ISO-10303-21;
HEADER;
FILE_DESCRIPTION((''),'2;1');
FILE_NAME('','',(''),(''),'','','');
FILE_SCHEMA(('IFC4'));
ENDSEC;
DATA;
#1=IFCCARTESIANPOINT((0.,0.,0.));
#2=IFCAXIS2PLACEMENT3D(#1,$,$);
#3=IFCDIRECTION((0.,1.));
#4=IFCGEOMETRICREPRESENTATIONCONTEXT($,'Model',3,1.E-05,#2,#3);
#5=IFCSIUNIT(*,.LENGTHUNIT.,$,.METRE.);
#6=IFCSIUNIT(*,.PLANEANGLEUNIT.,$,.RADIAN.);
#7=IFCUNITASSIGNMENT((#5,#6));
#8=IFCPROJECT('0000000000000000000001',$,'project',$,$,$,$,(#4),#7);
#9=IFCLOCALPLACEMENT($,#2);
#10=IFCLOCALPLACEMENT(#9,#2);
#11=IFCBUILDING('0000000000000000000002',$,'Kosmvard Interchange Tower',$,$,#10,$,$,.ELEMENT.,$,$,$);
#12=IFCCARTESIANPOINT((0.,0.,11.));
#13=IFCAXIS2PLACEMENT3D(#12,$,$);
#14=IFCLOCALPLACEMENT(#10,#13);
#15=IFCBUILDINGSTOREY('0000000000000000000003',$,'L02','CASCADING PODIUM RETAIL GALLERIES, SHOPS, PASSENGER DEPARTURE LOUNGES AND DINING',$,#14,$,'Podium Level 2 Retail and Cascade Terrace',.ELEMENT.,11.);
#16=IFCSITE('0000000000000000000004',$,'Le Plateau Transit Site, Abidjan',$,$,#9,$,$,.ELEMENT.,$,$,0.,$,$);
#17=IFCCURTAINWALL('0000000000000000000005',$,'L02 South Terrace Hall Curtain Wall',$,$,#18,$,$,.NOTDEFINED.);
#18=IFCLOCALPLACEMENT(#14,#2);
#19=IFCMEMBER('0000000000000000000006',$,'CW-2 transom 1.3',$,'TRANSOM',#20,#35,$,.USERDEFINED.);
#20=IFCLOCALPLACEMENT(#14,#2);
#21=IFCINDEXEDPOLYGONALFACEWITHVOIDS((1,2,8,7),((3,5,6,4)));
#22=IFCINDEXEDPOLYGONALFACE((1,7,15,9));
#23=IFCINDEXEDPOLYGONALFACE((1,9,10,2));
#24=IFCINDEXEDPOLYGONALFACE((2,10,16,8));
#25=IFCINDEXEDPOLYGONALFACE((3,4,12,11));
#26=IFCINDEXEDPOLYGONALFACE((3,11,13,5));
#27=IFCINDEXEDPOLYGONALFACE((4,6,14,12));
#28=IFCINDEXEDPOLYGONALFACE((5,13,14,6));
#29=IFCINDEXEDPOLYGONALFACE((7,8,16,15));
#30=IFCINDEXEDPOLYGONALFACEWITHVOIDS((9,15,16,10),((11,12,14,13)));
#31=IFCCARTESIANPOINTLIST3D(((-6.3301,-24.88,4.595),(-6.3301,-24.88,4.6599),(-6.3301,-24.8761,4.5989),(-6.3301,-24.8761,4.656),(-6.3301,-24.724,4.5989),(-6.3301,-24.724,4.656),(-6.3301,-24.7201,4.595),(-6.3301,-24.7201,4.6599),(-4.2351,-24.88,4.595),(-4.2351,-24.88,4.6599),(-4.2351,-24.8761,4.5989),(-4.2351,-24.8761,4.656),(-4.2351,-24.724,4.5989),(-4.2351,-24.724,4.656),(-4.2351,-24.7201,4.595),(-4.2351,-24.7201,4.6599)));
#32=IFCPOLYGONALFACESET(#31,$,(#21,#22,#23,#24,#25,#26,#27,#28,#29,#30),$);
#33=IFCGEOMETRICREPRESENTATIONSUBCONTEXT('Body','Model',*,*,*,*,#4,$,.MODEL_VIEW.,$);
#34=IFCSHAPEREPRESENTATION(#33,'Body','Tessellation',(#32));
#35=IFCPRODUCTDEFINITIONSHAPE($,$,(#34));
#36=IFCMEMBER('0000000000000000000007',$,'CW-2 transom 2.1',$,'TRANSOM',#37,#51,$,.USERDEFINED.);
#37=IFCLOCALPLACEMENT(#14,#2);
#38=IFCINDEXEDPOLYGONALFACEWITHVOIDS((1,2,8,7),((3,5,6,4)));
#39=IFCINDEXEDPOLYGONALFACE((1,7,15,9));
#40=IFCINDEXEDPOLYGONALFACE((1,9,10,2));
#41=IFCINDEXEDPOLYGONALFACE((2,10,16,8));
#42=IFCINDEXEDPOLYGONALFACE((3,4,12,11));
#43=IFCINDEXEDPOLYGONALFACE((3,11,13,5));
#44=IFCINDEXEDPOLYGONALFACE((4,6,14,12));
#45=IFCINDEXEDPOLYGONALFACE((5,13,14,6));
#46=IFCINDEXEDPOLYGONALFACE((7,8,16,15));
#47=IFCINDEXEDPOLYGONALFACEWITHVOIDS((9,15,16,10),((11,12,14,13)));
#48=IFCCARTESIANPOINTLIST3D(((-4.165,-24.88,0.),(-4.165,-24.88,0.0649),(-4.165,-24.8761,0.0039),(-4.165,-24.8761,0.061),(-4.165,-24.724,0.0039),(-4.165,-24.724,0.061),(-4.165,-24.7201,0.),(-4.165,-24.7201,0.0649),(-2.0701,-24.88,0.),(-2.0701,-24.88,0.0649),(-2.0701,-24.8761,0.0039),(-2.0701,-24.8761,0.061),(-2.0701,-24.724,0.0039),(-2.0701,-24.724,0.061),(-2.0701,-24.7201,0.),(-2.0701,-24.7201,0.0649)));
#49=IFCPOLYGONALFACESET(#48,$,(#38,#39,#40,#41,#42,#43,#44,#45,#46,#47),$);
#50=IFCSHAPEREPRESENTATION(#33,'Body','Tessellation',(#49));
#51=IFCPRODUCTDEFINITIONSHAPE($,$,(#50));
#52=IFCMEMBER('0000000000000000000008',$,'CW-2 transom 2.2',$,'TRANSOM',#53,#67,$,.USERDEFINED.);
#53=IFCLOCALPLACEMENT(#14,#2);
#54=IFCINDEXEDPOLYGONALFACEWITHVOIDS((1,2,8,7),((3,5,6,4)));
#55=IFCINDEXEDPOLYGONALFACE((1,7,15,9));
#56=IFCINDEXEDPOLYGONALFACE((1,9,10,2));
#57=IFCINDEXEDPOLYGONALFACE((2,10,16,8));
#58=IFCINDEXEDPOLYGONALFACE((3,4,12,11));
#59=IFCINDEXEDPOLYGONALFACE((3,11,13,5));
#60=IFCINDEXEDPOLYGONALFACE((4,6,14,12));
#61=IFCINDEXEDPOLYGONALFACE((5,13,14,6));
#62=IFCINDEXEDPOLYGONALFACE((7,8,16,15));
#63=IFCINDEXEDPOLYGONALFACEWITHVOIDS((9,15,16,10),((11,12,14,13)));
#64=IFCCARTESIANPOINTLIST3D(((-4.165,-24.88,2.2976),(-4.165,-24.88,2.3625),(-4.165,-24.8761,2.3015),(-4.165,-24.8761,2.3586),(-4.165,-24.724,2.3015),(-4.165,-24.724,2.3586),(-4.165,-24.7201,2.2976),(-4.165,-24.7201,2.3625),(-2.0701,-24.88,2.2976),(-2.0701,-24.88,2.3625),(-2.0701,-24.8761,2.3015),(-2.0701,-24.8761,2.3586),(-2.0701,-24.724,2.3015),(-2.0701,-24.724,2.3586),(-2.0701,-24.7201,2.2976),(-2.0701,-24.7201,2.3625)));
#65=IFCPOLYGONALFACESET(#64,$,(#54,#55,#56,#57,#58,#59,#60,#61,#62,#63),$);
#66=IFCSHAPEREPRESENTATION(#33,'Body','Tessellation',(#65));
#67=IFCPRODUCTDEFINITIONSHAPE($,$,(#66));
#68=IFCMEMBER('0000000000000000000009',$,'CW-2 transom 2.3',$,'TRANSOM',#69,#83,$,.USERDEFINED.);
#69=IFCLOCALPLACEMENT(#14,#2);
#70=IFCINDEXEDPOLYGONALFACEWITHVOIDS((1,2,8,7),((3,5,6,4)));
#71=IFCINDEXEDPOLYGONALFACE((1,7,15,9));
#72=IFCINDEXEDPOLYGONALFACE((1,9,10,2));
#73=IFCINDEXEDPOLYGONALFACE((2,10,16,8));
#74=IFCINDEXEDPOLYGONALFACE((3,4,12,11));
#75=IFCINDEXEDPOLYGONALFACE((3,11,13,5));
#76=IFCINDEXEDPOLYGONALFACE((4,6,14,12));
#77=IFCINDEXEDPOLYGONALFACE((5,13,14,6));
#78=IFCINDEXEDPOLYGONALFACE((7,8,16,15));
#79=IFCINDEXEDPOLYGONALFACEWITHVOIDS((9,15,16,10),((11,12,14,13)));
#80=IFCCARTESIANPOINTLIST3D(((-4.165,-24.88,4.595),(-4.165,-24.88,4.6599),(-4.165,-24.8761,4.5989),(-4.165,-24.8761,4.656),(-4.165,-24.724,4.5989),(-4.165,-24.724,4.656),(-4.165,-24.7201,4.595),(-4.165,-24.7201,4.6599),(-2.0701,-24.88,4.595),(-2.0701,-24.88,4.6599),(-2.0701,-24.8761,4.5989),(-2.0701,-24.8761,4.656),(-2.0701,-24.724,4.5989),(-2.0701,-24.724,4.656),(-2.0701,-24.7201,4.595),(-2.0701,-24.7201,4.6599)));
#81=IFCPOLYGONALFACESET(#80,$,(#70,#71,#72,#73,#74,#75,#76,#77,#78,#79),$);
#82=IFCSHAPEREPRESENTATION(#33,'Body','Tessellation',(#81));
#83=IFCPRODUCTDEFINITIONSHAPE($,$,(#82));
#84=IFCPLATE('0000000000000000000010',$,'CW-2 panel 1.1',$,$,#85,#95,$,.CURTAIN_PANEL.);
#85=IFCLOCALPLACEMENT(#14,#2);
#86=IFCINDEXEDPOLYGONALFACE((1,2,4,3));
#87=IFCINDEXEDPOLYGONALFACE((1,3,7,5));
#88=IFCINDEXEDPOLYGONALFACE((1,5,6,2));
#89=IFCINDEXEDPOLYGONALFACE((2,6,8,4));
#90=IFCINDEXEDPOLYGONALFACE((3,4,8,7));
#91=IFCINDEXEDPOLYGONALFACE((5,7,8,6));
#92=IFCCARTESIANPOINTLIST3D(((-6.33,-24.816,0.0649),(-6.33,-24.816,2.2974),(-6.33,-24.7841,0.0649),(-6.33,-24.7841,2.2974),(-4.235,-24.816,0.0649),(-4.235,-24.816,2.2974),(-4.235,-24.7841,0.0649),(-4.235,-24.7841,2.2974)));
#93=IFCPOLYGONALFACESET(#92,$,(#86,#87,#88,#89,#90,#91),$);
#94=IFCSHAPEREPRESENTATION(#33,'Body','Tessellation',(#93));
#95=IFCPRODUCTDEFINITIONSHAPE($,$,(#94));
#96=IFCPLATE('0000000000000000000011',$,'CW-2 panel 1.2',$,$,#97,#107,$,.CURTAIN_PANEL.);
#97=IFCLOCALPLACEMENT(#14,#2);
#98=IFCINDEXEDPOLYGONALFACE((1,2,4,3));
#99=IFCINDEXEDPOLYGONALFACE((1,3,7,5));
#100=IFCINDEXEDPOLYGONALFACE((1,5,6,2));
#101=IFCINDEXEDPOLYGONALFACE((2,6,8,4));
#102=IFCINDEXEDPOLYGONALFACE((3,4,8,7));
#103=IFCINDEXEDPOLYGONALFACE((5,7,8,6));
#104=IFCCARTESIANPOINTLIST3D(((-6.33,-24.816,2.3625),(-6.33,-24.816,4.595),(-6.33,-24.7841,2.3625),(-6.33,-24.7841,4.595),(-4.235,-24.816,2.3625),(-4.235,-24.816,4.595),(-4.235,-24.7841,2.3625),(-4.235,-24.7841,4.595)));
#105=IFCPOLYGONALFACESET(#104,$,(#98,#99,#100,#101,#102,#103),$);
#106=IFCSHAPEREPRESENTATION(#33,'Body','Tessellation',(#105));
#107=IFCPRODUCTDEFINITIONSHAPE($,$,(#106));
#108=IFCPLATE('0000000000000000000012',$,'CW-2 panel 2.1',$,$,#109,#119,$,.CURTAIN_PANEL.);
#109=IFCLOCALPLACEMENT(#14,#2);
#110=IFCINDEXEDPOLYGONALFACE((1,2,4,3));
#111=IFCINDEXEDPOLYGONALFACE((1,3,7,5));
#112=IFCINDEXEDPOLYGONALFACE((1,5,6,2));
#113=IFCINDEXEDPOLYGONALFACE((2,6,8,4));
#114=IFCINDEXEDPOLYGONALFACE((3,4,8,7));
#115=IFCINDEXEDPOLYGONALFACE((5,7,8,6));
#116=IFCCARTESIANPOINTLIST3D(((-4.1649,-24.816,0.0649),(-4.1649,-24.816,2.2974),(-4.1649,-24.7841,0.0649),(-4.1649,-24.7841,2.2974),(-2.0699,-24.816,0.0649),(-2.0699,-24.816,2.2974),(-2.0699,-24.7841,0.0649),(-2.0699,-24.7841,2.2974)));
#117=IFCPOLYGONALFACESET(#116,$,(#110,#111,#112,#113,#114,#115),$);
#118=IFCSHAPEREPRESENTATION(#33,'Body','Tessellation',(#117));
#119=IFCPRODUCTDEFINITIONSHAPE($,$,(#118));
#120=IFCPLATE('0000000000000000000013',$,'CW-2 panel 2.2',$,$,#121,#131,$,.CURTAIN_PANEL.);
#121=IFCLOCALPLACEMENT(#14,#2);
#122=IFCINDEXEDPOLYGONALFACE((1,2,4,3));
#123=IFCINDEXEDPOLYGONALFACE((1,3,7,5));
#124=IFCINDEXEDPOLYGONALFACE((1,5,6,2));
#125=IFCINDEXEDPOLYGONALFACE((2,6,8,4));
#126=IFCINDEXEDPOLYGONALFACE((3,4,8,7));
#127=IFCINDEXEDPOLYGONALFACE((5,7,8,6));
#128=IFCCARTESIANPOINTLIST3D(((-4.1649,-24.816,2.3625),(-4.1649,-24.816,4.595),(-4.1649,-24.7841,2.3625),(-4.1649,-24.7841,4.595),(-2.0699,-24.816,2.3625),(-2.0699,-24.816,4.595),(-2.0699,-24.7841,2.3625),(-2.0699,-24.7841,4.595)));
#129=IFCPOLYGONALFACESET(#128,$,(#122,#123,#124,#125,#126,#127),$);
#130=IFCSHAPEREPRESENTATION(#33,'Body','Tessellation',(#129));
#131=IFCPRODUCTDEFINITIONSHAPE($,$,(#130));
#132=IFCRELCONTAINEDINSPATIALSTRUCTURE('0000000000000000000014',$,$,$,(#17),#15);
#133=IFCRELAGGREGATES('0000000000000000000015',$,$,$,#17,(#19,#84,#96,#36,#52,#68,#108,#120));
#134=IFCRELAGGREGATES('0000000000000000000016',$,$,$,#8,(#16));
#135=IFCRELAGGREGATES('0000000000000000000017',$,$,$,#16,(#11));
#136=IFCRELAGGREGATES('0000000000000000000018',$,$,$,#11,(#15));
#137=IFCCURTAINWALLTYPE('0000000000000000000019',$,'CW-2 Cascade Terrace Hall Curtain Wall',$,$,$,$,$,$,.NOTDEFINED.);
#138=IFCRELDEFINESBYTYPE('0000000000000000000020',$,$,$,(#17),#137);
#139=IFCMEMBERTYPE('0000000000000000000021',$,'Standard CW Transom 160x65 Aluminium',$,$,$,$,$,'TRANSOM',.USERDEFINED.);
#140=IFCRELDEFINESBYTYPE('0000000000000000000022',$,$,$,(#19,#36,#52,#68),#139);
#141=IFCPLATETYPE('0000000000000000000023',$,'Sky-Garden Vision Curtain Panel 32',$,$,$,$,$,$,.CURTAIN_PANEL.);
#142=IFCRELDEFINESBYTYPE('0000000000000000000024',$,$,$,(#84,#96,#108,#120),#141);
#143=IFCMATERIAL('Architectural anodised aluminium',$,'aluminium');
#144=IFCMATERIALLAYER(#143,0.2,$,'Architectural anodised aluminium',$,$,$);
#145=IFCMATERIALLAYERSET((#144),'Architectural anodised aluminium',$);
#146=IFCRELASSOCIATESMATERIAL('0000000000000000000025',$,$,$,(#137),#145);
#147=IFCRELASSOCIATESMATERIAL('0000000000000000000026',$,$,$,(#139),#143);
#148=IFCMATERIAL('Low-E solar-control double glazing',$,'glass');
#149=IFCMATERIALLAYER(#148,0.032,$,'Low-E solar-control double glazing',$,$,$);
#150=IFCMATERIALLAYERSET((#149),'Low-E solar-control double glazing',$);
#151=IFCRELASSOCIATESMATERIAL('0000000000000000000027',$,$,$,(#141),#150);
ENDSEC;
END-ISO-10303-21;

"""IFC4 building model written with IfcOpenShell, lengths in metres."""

from ifc_helpers import new_model, si_unit, direction, frame, origin, origin_2d, place, context, subcontext, project, spatial, rectangle, hollow_rectangle, extrude, source, transform, mapped, material, layer, layer_set, material_profile, profile_set, type_object, element, aggregate, save


model = new_model("IFC4")

# Units and contexts
model_context = context("Model", 3, precision=1e-05, world=origin(), true_north=direction((0.0, 1.0)))
body_context = subcontext(model_context, "Body", "Model", "MODEL_VIEW")
ifc_project = project(units=[si_unit("LENGTHUNIT", "METRE"), si_unit("PLANEANGLEUNIT", "RADIAN")], contexts=[model_context])

# Site, building, storey
site_placement = place(None, origin())
site = spatial("IfcSite", under=ifc_project, at=site_placement, Name="Le Plateau Transit Site, Abidjan", CompositionType="ELEMENT", RefElevation=0.0)
building_placement = place(site_placement, origin())
building = spatial("IfcBuilding", under=site, at=building_placement, Name="Kosmvard Interchange Tower", CompositionType="ELEMENT")
storey_placement = place(building_placement, frame((0.0, 0.0, 11.0)))
storey = spatial("IfcBuildingStorey", under=building, at=storey_placement, Name="L02", Description="CASCADING PODIUM RETAIL GALLERIES, SHOPS, PASSENGER DEPARTURE LOUNGES AND DINING", LongName="Podium Level 2 Retail and Cascade Terrace", CompositionType="ELEMENT", Elevation=11.0)

# Curtain wall, members, plates
ifc_material_1 = material(Name="Architectural anodised aluminium", Category="aluminium")
ifc_layer_1 = layer(ifc_material_1, 0.2, Name="Architectural anodised aluminium")
ifc_layer_set_1 = layer_set([ifc_layer_1], Name="Architectural anodised aluminium")
curtain_wall_type = type_object("IfcCurtainWallType", Name="CW-2 Cascade Terrace Hall Curtain Wall", PredefinedType="NOTDEFINED", material=ifc_layer_set_1)
curtain_wall_placement = place(storey_placement, origin())
curtain_wall = element("IfcCurtainWall", 1, at=curtain_wall_placement, inside=storey, type_object=curtain_wall_type, Name="L02 South Terrace Hall Curtain Wall", PredefinedType="NOTDEFINED")
ifc_material_profile_1 = material_profile(ifc_material_1, hollow_rectangle(XDim=0.1599, YDim=0.0649, WallThickness=0.0039, at=origin_2d()), Name="CWT 160x65x4")
ifc_profile_set_1 = profile_set([ifc_material_profile_1], Name="Architectural anodised aluminium")
member_type_1 = type_object("IfcMemberType", Name="Standard CW Transom 160x65 Aluminium", ElementType="TRANSOM", PredefinedType="USERDEFINED", material=ifc_profile_set_1)
shared_shape_1 = source(origin(), body_context, "Body", "SweptSolid", [
    extrude(hollow_rectangle(XDim=0.1599, YDim=0.0649, WallThickness=0.0039, at=origin_2d()), origin(), (0.0, 0.0, 1.0), 2.095),
])
member_1_placement = place(storey_placement, frame((-6.3301, -24.8, 4.6274), z_axis=(1.0, 0.0, 0.0), x_axis=(0.0, 1.0, 0.0)))
member_1 = element("IfcMember", 2, at=member_1_placement, type_object=member_type_1, Name="CW-2 transom 1.3", ObjectType="TRANSOM", PredefinedType="USERDEFINED", context=body_context, shape_type="MappedRepresentation", body=[
    mapped(shared_shape_1, transform((0.0, 0.0, 0.0), scale=1.0)),
])
member_2_placement = place(storey_placement, frame((-4.165, -24.8, 0.0325), z_axis=(1.0, 0.0, 0.0), x_axis=(0.0, 1.0, 0.0)))
member_2 = element("IfcMember", 3, at=member_2_placement, type_object=member_type_1, Name="CW-2 transom 2.1", ObjectType="TRANSOM", PredefinedType="USERDEFINED", context=body_context, shape_type="MappedRepresentation", body=[
    mapped(shared_shape_1, transform((0.0, 0.0, 0.0), scale=1.0)),
])
member_3_placement = place(storey_placement, frame((-4.165, -24.8, 2.3301), z_axis=(1.0, 0.0, 0.0), x_axis=(0.0, 1.0, 0.0)))
member_3 = element("IfcMember", 4, at=member_3_placement, type_object=member_type_1, Name="CW-2 transom 2.2", ObjectType="TRANSOM", PredefinedType="USERDEFINED", context=body_context, shape_type="MappedRepresentation", body=[
    mapped(shared_shape_1, transform((0.0, 0.0, 0.0), scale=1.0)),
])
member_4_placement = place(storey_placement, frame((-4.165, -24.8, 4.6274), z_axis=(1.0, 0.0, 0.0), x_axis=(0.0, 1.0, 0.0)))
member_4 = element("IfcMember", 5, at=member_4_placement, type_object=member_type_1, Name="CW-2 transom 2.3", ObjectType="TRANSOM", PredefinedType="USERDEFINED", context=body_context, shape_type="MappedRepresentation", body=[
    mapped(shared_shape_1, transform((0.0, 0.0, 0.0), scale=1.0)),
])
ifc_material_2 = material(Name="Low-E solar-control double glazing", Category="glass")
ifc_layer_2 = layer(ifc_material_2, 0.032, Name="Low-E solar-control double glazing")
ifc_layer_set_2 = layer_set([ifc_layer_2], Name="Low-E solar-control double glazing")
plate_type = type_object("IfcPlateType", Name="Sky-Garden Vision Curtain Panel 32", PredefinedType="CURTAIN_PANEL", material=ifc_layer_set_2)
shared_shape_2 = source(origin(), body_context, "Body", "SweptSolid", [
    extrude(rectangle(XDim=2.095, YDim=0.032, at=origin_2d()), origin(), (0.0, 0.0, 1.0), 2.2324),
])
plate_1_placement = place(storey_placement, frame((-5.2825, -24.8, 0.0649), z_axis=(0.0, 0.0, 1.0), x_axis=(1.0, 0.0, 0.0)))
plate_1 = element("IfcPlate", 6, at=plate_1_placement, type_object=plate_type, Name="CW-2 panel 1.1", PredefinedType="CURTAIN_PANEL", context=body_context, shape_type="MappedRepresentation", body=[
    mapped(shared_shape_2, transform((0.0, 0.0, 0.0), scale=1.0)),
])
plate_2_placement = place(storey_placement, frame((-5.2825, -24.8, 2.3625), z_axis=(0.0, 0.0, 1.0), x_axis=(1.0, 0.0, 0.0)))
plate_2 = element("IfcPlate", 7, at=plate_2_placement, type_object=plate_type, Name="CW-2 panel 1.2", PredefinedType="CURTAIN_PANEL", context=body_context, shape_type="MappedRepresentation", body=[
    mapped(shared_shape_2, transform((0.0, 0.0, 0.0), scale=1.0)),
])
plate_3_placement = place(storey_placement, frame((-3.1174, -24.8, 0.0649), z_axis=(0.0, 0.0, 1.0), x_axis=(1.0, 0.0, 0.0)))
plate_3 = element("IfcPlate", 8, at=plate_3_placement, type_object=plate_type, Name="CW-2 panel 2.1", PredefinedType="CURTAIN_PANEL", context=body_context, shape_type="MappedRepresentation", body=[
    mapped(shared_shape_2, transform((0.0, 0.0, 0.0), scale=1.0)),
])
plate_4_placement = place(storey_placement, frame((-3.1174, -24.8, 2.3625), z_axis=(0.0, 0.0, 1.0), x_axis=(1.0, 0.0, 0.0)))
plate_4 = element("IfcPlate", 9, at=plate_4_placement, type_object=plate_type, Name="CW-2 panel 2.2", PredefinedType="CURTAIN_PANEL", context=body_context, shape_type="MappedRepresentation", body=[
    mapped(shared_shape_2, transform((0.0, 0.0, 0.0), scale=1.0)),
])
aggregate(curtain_wall, [member_1, plate_1, plate_2, member_2, member_3, member_4, plate_3, plate_4])

save(model, "model.ifc")
